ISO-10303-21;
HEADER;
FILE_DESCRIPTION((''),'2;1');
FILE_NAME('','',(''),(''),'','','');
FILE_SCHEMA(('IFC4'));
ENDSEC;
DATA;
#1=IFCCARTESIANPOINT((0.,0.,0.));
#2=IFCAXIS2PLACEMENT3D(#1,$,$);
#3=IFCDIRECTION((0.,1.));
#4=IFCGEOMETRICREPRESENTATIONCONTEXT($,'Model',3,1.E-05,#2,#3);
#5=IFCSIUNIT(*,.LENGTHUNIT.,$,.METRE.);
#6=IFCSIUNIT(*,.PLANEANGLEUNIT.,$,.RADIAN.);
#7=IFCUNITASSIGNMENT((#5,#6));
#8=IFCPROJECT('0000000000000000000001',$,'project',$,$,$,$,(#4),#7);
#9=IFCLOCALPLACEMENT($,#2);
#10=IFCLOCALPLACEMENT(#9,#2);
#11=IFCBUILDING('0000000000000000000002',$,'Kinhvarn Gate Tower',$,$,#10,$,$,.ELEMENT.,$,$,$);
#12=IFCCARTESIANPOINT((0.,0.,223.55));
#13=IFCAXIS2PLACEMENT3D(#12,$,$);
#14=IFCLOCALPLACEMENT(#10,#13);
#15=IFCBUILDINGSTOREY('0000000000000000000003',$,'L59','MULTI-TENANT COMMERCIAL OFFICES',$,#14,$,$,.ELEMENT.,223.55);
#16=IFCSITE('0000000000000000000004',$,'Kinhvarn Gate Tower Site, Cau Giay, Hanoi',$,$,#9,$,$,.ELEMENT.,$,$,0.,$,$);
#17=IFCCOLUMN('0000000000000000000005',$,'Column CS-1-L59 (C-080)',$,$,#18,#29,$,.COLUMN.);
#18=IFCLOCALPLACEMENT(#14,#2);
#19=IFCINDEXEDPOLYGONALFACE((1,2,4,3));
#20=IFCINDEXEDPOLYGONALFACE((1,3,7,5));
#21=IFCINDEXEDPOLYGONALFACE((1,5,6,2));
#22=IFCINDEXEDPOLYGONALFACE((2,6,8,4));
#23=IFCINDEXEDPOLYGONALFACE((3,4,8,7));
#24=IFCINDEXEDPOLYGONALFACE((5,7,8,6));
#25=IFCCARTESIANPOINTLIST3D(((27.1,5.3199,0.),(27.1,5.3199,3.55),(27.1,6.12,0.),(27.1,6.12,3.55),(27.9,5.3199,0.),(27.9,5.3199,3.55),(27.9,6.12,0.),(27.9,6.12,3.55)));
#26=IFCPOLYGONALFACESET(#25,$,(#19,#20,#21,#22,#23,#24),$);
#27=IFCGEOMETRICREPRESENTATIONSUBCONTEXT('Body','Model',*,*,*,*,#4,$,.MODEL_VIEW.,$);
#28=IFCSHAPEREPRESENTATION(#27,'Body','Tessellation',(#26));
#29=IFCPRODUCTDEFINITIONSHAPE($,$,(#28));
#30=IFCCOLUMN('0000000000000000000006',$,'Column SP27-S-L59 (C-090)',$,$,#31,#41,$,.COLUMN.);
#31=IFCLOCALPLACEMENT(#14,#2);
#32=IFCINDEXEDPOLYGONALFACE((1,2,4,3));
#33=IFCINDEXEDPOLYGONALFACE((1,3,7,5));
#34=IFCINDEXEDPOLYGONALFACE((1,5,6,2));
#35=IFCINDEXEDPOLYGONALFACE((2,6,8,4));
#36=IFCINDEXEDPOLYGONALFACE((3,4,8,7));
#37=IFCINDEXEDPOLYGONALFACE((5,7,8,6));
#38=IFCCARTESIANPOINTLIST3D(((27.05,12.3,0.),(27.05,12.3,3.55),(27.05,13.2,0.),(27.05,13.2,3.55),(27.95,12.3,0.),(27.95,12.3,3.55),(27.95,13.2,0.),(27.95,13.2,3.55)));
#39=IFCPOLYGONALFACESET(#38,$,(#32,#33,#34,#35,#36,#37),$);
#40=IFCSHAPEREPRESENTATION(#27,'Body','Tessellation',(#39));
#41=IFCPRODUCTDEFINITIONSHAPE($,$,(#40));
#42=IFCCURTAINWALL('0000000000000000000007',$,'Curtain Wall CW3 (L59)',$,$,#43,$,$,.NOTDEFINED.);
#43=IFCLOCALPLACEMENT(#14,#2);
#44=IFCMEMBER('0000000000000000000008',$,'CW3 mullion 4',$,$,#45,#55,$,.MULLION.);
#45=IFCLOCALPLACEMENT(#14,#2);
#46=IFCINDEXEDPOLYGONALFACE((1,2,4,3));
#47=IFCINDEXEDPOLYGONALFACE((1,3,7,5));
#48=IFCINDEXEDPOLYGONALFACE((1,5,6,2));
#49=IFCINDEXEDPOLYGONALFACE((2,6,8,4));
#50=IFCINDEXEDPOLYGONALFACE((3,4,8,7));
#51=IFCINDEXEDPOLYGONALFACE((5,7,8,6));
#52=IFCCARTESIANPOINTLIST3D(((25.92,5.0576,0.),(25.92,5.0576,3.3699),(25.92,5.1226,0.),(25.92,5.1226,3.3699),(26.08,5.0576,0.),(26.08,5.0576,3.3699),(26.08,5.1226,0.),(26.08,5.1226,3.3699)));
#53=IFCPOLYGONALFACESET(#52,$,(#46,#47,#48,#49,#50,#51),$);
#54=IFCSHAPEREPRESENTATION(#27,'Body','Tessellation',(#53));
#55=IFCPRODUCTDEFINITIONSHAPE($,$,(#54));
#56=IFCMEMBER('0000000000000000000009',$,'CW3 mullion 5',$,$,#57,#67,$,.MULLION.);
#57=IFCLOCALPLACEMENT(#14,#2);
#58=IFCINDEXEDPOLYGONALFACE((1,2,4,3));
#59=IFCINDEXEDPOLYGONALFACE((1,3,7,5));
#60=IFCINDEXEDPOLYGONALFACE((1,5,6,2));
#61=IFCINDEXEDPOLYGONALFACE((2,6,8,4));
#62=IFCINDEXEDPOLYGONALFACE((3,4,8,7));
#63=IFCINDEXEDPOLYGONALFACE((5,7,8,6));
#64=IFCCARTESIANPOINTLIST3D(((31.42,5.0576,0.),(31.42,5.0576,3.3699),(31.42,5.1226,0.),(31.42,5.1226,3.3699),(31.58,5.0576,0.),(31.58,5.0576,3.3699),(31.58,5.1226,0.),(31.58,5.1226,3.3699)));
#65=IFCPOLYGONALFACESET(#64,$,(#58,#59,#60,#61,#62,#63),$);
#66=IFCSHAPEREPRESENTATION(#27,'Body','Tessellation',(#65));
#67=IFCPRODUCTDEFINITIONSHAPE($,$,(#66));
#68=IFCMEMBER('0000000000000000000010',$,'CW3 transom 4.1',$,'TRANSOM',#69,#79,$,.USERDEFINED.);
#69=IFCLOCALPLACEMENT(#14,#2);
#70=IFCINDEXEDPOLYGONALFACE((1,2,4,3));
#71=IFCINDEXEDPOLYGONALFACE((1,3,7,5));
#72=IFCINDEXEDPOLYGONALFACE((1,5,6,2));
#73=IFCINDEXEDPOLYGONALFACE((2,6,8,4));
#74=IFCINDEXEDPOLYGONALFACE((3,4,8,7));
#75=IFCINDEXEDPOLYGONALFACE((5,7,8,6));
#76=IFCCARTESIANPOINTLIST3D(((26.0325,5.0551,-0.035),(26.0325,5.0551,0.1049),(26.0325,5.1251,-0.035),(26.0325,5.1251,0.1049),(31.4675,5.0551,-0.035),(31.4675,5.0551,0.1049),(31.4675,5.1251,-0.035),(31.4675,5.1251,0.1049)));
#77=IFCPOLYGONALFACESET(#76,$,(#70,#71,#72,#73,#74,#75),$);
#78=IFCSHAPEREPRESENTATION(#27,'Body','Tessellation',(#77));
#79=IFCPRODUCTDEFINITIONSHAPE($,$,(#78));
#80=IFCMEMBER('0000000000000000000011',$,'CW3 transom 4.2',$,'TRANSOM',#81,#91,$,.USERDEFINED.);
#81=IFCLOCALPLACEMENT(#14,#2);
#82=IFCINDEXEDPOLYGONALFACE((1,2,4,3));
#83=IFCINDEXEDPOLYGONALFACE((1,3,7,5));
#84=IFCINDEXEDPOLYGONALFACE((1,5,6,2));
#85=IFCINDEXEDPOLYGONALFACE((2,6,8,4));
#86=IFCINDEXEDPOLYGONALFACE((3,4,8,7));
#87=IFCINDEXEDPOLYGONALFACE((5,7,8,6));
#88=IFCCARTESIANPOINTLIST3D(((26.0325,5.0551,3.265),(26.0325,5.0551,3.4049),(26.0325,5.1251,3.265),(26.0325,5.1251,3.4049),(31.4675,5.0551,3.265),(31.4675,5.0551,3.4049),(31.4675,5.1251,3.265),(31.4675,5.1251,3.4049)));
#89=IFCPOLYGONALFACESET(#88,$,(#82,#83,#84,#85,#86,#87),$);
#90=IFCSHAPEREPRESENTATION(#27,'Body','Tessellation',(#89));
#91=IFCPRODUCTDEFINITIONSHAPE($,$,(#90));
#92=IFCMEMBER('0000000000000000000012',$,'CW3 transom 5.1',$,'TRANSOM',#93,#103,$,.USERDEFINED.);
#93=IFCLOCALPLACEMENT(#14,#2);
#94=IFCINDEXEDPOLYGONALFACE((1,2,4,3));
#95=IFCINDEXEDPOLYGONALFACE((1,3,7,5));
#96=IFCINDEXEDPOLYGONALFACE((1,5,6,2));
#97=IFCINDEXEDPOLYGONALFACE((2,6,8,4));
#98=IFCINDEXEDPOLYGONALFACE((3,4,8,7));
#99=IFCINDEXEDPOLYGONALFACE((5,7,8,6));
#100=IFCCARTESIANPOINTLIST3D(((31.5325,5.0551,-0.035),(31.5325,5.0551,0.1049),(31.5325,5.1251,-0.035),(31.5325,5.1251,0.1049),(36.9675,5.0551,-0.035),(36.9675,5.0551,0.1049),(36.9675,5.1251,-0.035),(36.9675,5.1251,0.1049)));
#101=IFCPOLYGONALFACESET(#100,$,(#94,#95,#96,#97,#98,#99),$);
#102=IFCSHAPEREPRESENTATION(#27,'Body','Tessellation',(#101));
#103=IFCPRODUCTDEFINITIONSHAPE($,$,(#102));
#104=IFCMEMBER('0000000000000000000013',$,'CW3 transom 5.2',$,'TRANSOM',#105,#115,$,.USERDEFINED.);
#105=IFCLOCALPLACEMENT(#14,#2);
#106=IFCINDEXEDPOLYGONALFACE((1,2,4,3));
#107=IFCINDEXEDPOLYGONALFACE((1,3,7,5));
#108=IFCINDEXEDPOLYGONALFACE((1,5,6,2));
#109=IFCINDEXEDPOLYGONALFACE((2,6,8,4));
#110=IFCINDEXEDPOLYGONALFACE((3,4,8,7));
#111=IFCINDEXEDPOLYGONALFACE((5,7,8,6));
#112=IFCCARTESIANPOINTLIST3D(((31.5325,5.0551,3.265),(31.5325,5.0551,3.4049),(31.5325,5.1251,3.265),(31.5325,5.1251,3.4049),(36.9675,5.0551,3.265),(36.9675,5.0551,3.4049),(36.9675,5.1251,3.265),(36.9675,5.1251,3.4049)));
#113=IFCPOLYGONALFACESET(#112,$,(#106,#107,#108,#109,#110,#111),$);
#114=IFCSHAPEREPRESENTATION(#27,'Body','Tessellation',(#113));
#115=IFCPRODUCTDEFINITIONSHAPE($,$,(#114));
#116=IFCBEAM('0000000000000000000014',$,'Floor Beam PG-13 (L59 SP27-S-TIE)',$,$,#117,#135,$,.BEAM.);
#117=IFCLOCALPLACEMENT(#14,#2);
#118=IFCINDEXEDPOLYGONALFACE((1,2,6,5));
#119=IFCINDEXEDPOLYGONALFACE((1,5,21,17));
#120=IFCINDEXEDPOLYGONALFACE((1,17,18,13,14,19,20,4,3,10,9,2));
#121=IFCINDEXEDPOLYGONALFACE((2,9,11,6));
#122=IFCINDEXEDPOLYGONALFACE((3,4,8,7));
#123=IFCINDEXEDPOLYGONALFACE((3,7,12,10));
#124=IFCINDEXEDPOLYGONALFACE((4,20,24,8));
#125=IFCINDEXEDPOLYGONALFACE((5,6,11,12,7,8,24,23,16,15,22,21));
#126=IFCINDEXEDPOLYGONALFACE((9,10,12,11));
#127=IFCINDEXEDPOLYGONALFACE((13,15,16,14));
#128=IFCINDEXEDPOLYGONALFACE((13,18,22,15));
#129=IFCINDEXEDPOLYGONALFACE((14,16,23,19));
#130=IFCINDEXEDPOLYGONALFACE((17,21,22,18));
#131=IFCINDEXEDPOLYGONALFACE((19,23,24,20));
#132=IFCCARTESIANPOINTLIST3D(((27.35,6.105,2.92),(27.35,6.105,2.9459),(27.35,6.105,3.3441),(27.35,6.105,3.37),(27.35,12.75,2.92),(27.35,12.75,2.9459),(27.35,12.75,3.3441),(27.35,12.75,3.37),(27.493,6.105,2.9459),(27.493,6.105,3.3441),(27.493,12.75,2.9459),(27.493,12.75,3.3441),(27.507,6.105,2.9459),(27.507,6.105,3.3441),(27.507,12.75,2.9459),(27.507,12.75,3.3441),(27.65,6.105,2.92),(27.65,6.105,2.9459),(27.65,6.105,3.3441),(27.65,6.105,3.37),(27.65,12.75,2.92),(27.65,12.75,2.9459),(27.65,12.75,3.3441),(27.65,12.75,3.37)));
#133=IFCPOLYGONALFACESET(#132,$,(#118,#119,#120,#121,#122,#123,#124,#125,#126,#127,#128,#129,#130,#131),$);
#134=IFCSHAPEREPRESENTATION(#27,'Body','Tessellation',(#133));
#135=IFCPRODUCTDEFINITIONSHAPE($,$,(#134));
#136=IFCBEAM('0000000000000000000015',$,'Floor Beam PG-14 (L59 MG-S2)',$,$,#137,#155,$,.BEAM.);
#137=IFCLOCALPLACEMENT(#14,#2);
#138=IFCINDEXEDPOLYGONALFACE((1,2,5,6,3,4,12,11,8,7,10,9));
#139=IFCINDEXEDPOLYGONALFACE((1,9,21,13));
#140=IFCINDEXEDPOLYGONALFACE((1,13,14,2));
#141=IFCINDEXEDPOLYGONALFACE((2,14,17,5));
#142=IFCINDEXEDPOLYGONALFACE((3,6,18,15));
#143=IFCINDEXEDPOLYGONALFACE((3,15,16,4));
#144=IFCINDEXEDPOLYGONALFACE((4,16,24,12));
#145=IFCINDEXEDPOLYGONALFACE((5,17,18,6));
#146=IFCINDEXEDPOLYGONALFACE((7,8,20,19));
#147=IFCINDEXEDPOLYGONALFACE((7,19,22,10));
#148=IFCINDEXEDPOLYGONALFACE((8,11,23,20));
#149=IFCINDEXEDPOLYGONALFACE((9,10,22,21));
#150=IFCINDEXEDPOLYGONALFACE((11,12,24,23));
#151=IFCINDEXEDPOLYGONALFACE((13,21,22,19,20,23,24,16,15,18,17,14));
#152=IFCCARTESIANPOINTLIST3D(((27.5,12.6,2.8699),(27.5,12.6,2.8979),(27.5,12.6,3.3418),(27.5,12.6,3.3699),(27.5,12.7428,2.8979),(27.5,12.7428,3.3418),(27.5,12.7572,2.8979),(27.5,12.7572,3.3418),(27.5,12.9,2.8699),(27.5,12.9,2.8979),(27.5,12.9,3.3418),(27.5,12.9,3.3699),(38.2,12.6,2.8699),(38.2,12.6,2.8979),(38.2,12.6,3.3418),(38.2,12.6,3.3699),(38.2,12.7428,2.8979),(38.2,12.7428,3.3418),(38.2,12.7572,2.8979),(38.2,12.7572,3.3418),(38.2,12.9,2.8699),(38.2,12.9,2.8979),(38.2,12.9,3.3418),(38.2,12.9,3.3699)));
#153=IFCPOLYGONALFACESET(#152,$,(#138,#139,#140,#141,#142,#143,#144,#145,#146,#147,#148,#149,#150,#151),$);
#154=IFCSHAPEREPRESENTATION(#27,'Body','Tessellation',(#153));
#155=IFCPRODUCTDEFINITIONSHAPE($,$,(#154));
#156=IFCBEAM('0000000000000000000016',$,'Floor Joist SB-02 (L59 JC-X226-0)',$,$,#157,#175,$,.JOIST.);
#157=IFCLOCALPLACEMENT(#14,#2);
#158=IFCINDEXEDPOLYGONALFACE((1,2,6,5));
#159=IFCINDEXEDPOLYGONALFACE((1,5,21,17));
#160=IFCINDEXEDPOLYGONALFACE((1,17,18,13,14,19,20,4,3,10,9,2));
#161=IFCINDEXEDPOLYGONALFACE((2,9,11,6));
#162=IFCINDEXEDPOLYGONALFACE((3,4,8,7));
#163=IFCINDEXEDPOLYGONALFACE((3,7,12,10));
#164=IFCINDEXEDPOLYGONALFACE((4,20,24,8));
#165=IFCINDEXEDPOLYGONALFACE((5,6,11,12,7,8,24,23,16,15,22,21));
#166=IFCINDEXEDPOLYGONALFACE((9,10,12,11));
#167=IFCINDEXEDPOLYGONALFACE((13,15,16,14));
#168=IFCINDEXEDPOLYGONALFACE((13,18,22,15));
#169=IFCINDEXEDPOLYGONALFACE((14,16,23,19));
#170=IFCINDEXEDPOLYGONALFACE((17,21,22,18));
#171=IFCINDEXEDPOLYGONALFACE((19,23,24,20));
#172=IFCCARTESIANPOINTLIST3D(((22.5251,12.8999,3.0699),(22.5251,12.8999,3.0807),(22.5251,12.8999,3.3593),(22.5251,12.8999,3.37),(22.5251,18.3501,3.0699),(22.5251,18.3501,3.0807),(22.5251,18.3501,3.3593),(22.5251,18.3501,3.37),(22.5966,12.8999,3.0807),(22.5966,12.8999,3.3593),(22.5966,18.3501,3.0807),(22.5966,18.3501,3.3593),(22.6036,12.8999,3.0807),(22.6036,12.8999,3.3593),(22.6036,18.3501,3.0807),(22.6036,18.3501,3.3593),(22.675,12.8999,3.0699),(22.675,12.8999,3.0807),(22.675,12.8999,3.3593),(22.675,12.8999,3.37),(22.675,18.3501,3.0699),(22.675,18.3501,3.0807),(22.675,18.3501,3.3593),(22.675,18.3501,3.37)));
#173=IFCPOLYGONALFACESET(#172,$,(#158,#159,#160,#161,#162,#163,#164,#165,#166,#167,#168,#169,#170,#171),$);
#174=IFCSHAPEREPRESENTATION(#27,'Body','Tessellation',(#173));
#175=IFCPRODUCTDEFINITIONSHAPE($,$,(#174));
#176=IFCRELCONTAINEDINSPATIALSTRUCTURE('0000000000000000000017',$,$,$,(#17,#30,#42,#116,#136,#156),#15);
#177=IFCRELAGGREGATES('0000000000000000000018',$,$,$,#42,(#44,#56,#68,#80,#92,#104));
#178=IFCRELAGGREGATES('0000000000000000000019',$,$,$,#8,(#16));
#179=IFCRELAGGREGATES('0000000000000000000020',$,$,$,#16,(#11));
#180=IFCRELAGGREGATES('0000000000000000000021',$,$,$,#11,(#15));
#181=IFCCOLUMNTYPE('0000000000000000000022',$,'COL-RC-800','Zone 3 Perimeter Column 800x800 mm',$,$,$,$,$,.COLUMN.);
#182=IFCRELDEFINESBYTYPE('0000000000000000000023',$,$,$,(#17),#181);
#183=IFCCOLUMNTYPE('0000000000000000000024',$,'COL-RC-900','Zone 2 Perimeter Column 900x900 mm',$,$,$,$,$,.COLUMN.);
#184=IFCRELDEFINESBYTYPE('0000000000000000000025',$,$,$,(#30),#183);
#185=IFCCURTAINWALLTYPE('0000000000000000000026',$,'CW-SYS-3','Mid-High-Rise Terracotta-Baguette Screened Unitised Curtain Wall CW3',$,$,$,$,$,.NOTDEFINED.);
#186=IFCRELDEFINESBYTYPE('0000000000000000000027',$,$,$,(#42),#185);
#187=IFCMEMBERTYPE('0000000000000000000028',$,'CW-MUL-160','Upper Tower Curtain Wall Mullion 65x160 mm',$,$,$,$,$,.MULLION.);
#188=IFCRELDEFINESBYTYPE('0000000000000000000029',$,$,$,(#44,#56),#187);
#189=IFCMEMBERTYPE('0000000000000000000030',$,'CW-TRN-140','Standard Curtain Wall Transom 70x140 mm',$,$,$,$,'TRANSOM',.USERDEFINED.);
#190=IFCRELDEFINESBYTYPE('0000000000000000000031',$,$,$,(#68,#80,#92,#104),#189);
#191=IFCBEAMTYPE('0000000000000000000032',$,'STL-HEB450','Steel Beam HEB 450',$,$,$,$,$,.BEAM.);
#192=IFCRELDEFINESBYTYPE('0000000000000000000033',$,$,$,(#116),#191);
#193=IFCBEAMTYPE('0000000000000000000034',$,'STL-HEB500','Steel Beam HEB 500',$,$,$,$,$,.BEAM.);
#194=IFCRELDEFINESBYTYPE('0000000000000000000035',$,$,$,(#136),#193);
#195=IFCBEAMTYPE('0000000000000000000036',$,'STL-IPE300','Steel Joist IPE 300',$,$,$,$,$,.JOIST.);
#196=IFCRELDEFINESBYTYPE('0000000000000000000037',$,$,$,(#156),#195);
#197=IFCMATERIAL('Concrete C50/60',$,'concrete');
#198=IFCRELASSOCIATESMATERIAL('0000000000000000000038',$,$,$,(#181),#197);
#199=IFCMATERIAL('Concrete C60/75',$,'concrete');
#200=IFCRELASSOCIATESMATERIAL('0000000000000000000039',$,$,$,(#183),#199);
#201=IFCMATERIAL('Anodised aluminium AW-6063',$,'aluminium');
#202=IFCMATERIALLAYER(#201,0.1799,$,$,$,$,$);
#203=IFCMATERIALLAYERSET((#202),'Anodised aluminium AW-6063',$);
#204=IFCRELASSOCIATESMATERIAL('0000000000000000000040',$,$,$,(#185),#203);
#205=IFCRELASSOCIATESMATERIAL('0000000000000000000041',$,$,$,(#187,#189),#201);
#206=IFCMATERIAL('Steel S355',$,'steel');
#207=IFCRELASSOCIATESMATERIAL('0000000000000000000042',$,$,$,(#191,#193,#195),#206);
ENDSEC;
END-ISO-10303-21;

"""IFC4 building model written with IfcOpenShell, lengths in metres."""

from ifc_helpers import new_model, si_unit, direction, frame, origin, origin_2d, place, context, subcontext, project, spatial, rectangle, i_section, extrude, material, layer, layer_set, material_profile, profile_set, type_object, element, aggregate, save


model = new_model("IFC4")

# Units and contexts
model_context = context("Model", 3, precision=1e-05, world=origin(), true_north=direction((0.0, 1.0)))
body_context = subcontext(model_context, "Body", "Model", "MODEL_VIEW")
ifc_project = project(units=[si_unit("LENGTHUNIT", "METRE"), si_unit("PLANEANGLEUNIT", "RADIAN")], contexts=[model_context])

# Site, building, storey
site_placement = place(None, origin())
site = spatial("IfcSite", under=ifc_project, at=site_placement, Name="Kinhvarn Gate Tower Site, Cau Giay, Hanoi", CompositionType="ELEMENT", RefElevation=0.0)
building_placement = place(site_placement, origin())
building = spatial("IfcBuilding", under=site, at=building_placement, Name="Kinhvarn Gate Tower", CompositionType="ELEMENT")
storey_placement = place(building_placement, frame((0.0, 0.0, 223.55)))
storey = spatial("IfcBuildingStorey", under=building, at=storey_placement, Name="L59", Description="MULTI-TENANT COMMERCIAL OFFICES", CompositionType="ELEMENT", Elevation=223.55)

# Columns
ifc_material_1 = material(Name="Concrete C50/60", Category="concrete")
ifc_material_profile_1 = material_profile(ifc_material_1, rectangle(XDim=0.8, YDim=0.8, at=origin_2d()), Name="RC 800x800")
ifc_profile_set_1 = profile_set([ifc_material_profile_1], Name="Concrete C50/60")
column_type_1 = type_object("IfcColumnType", Name="COL-RC-800", Description="Zone 3 Perimeter Column 800x800 mm", PredefinedType="COLUMN", material=ifc_profile_set_1)
column_1_placement = place(storey_placement, frame((27.5, 5.72, 0.0), z_axis=(0.0, 0.0, 1.0), x_axis=(1.0, 0.0, 0.0)))
element("IfcColumn", 1, at=column_1_placement, inside=storey, type_object=column_type_1, Name="Column CS-1-L59 (C-080)", PredefinedType="COLUMN", context=body_context, shape_type="SweptSolid", body=[
    extrude(rectangle(XDim=0.8, YDim=0.8, at=origin_2d()), origin(), (0.0, 0.0, 1.0), 3.55),
])
ifc_material_2 = material(Name="Concrete C60/75", Category="concrete")
ifc_material_profile_2 = material_profile(ifc_material_2, rectangle(XDim=0.8999, YDim=0.8999, at=origin_2d()), Name="RC 900x900")
ifc_profile_set_2 = profile_set([ifc_material_profile_2], Name="Concrete C60/75")
column_type_2 = type_object("IfcColumnType", Name="COL-RC-900", Description="Zone 2 Perimeter Column 900x900 mm", PredefinedType="COLUMN", material=ifc_profile_set_2)
column_2_placement = place(storey_placement, frame((27.5, 12.75, 0.0), z_axis=(0.0, 0.0, 1.0), x_axis=(1.0, 0.0, 0.0)))
element("IfcColumn", 2, at=column_2_placement, inside=storey, type_object=column_type_2, Name="Column SP27-S-L59 (C-090)", PredefinedType="COLUMN", context=body_context, shape_type="SweptSolid", body=[
    extrude(rectangle(XDim=0.8999, YDim=0.8999, at=origin_2d()), origin(), (0.0, 0.0, 1.0), 3.55),
])

# Curtain wall, members
ifc_material_3 = material(Name="Anodised aluminium AW-6063", Category="aluminium")
ifc_layer_1 = layer(ifc_material_3, 0.1799)
ifc_layer_set_1 = layer_set([ifc_layer_1], Name="Anodised aluminium AW-6063")
curtain_wall_type = type_object("IfcCurtainWallType", Name="CW-SYS-3", Description="Mid-High-Rise Terracotta-Baguette Screened Unitised Curtain Wall CW3", PredefinedType="NOTDEFINED", material=ifc_layer_set_1)
curtain_wall_placement = place(storey_placement, origin())
curtain_wall = element("IfcCurtainWall", 3, at=curtain_wall_placement, inside=storey, type_object=curtain_wall_type, Name="Curtain Wall CW3 (L59)", PredefinedType="NOTDEFINED")
ifc_material_profile_3 = material_profile(ifc_material_3, rectangle(XDim=0.0649, YDim=0.1599, at=origin_2d()), Name="ALU 65x160")
ifc_profile_set_3 = profile_set([ifc_material_profile_3], Name="Anodised aluminium AW-6063")
member_type_1 = type_object("IfcMemberType", Name="CW-MUL-160", Description="Upper Tower Curtain Wall Mullion 65x160 mm", PredefinedType="MULLION", material=ifc_profile_set_3)
member_1_placement = place(storey_placement, frame((26.0, 5.0901, 0.0), z_axis=(0.0, 0.0, 1.0), x_axis=(0.0, 1.0, 0.0)))
member_1 = element("IfcMember", 4, at=member_1_placement, type_object=member_type_1, Name="CW3 mullion 4", PredefinedType="MULLION", context=body_context, shape_type="SweptSolid", body=[
    extrude(rectangle(XDim=0.0649, YDim=0.1599, at=origin_2d()), origin(), (0.0, 0.0, 1.0), 3.3699),
])
member_2_placement = place(storey_placement, frame((31.5, 5.0901, 0.0), z_axis=(0.0, 0.0, 1.0), x_axis=(0.0, 1.0, 0.0)))
member_2 = element("IfcMember", 5, at=member_2_placement, type_object=member_type_1, Name="CW3 mullion 5", PredefinedType="MULLION", context=body_context, shape_type="SweptSolid", body=[
    extrude(rectangle(XDim=0.0649, YDim=0.1599, at=origin_2d()), origin(), (0.0, 0.0, 1.0), 3.3699),
])
ifc_material_profile_4 = material_profile(ifc_material_3, rectangle(XDim=0.0701, YDim=0.1399, at=origin_2d()), Name="ALU 70x140")
ifc_profile_set_4 = profile_set([ifc_material_profile_4], Name="Anodised aluminium AW-6063")
member_type_2 = type_object("IfcMemberType", Name="CW-TRN-140", Description="Standard Curtain Wall Transom 70x140 mm", ElementType="TRANSOM", PredefinedType="USERDEFINED", material=ifc_profile_set_4)
member_3_placement = place(storey_placement, frame((26.0325, 5.0901, 0.0349), z_axis=(1.0, 0.0, 0.0), x_axis=(0.0, 1.0, 0.0)))
member_3 = element("IfcMember", 6, at=member_3_placement, type_object=member_type_2, Name="CW3 transom 4.1", ObjectType="TRANSOM", PredefinedType="USERDEFINED", context=body_context, shape_type="SweptSolid", body=[
    extrude(rectangle(XDim=0.0701, YDim=0.1399, at=origin_2d()), origin(), (0.0, 0.0, 1.0), 5.4351),
])
member_4_placement = place(storey_placement, frame((26.0325, 5.0901, 3.335), z_axis=(1.0, 0.0, 0.0), x_axis=(0.0, 1.0, 0.0)))
member_4 = element("IfcMember", 7, at=member_4_placement, type_object=member_type_2, Name="CW3 transom 4.2", ObjectType="TRANSOM", PredefinedType="USERDEFINED", context=body_context, shape_type="SweptSolid", body=[
    extrude(rectangle(XDim=0.0701, YDim=0.1399, at=origin_2d()), origin(), (0.0, 0.0, 1.0), 5.4351),
])
member_5_placement = place(storey_placement, frame((31.5325, 5.0901, 0.0349), z_axis=(1.0, 0.0, 0.0), x_axis=(0.0, 1.0, 0.0)))
member_5 = element("IfcMember", 8, at=member_5_placement, type_object=member_type_2, Name="CW3 transom 5.1", ObjectType="TRANSOM", PredefinedType="USERDEFINED", context=body_context, shape_type="SweptSolid", body=[
    extrude(rectangle(XDim=0.0701, YDim=0.1399, at=origin_2d()), origin(), (0.0, 0.0, 1.0), 5.4351),
])
member_6_placement = place(storey_placement, frame((31.5325, 5.0901, 3.335), z_axis=(1.0, 0.0, 0.0), x_axis=(0.0, 1.0, 0.0)))
member_6 = element("IfcMember", 9, at=member_6_placement, type_object=member_type_2, Name="CW3 transom 5.2", ObjectType="TRANSOM", PredefinedType="USERDEFINED", context=body_context, shape_type="SweptSolid", body=[
    extrude(rectangle(XDim=0.0701, YDim=0.1399, at=origin_2d()), origin(), (0.0, 0.0, 1.0), 5.4351),
])

# Beams
ifc_material_4 = material(Name="Steel S355", Category="steel")
ifc_material_profile_5 = material_profile(ifc_material_4, i_section(OverallWidth=0.3, OverallDepth=0.45, WebThickness=0.0139, FlangeThickness=0.0259, at=origin_2d()), Name="HEB 450")
ifc_profile_set_5 = profile_set([ifc_material_profile_5], Name="Steel S355")
beam_type_1 = type_object("IfcBeamType", Name="STL-HEB450", Description="Steel Beam HEB 450", PredefinedType="BEAM", material=ifc_profile_set_5)
beam_1_placement = place(storey_placement, frame((27.5, 6.105, 3.145), z_axis=(0.0, 1.0, 0.0), x_axis=(-1.0, 0.0, 0.0)))
element("IfcBeam", 10, at=beam_1_placement, inside=storey, type_object=beam_type_1, Name="Floor Beam PG-13 (L59 SP27-S-TIE)", PredefinedType="BEAM", context=body_context, shape_type="SweptSolid", body=[
    extrude(i_section(OverallWidth=0.3, OverallDepth=0.45, WebThickness=0.0139, FlangeThickness=0.0259, at=origin_2d()), origin(), (0.0, 0.0, 1.0), 6.645),
])
ifc_material_profile_6 = material_profile(ifc_material_4, i_section(OverallWidth=0.3, OverallDepth=0.5, WebThickness=0.0144, FlangeThickness=0.0281, at=origin_2d()), Name="HEB 500")
ifc_profile_set_6 = profile_set([ifc_material_profile_6], Name="Steel S355")
beam_type_2 = type_object("IfcBeamType", Name="STL-HEB500", Description="Steel Beam HEB 500", PredefinedType="BEAM", material=ifc_profile_set_6)
beam_2_placement = place(storey_placement, frame((27.5, 12.75, 3.1199), z_axis=(1.0, 0.0, 0.0), x_axis=(0.0, 1.0, 0.0)))
element("IfcBeam", 11, at=beam_2_placement, inside=storey, type_object=beam_type_2, Name="Floor Beam PG-14 (L59 MG-S2)", PredefinedType="BEAM", context=body_context, shape_type="SweptSolid", body=[
    extrude(i_section(OverallWidth=0.3, OverallDepth=0.5, WebThickness=0.0144, FlangeThickness=0.0281, at=origin_2d()), origin(), (0.0, 0.0, 1.0), 10.7),
])
ifc_material_profile_7 = material_profile(ifc_material_4, i_section(OverallWidth=0.1499, OverallDepth=0.3, WebThickness=0.0071, FlangeThickness=0.0107, at=origin_2d()), Name="IPE 300")
ifc_profile_set_7 = profile_set([ifc_material_profile_7], Name="Steel S355")
beam_type_3 = type_object("IfcBeamType", Name="STL-IPE300", Description="Steel Joist IPE 300", PredefinedType="JOIST", material=ifc_profile_set_7)
beam_3_placement = place(storey_placement, frame((22.6001, 12.8999, 3.22), z_axis=(0.0, 1.0, 0.0), x_axis=(-1.0, 0.0, 0.0)))
element("IfcBeam", 12, at=beam_3_placement, inside=storey, type_object=beam_type_3, Name="Floor Joist SB-02 (L59 JC-X226-0)", PredefinedType="JOIST", context=body_context, shape_type="SweptSolid", body=[
    extrude(i_section(OverallWidth=0.1499, OverallDepth=0.3, WebThickness=0.0071, FlangeThickness=0.0107, at=origin_2d()), origin(), (0.0, 0.0, 1.0), 5.4502),
])

aggregate(curtain_wall, [member_1, member_2, member_3, member_4, member_5, member_6])

save(model, "model.ifc")
